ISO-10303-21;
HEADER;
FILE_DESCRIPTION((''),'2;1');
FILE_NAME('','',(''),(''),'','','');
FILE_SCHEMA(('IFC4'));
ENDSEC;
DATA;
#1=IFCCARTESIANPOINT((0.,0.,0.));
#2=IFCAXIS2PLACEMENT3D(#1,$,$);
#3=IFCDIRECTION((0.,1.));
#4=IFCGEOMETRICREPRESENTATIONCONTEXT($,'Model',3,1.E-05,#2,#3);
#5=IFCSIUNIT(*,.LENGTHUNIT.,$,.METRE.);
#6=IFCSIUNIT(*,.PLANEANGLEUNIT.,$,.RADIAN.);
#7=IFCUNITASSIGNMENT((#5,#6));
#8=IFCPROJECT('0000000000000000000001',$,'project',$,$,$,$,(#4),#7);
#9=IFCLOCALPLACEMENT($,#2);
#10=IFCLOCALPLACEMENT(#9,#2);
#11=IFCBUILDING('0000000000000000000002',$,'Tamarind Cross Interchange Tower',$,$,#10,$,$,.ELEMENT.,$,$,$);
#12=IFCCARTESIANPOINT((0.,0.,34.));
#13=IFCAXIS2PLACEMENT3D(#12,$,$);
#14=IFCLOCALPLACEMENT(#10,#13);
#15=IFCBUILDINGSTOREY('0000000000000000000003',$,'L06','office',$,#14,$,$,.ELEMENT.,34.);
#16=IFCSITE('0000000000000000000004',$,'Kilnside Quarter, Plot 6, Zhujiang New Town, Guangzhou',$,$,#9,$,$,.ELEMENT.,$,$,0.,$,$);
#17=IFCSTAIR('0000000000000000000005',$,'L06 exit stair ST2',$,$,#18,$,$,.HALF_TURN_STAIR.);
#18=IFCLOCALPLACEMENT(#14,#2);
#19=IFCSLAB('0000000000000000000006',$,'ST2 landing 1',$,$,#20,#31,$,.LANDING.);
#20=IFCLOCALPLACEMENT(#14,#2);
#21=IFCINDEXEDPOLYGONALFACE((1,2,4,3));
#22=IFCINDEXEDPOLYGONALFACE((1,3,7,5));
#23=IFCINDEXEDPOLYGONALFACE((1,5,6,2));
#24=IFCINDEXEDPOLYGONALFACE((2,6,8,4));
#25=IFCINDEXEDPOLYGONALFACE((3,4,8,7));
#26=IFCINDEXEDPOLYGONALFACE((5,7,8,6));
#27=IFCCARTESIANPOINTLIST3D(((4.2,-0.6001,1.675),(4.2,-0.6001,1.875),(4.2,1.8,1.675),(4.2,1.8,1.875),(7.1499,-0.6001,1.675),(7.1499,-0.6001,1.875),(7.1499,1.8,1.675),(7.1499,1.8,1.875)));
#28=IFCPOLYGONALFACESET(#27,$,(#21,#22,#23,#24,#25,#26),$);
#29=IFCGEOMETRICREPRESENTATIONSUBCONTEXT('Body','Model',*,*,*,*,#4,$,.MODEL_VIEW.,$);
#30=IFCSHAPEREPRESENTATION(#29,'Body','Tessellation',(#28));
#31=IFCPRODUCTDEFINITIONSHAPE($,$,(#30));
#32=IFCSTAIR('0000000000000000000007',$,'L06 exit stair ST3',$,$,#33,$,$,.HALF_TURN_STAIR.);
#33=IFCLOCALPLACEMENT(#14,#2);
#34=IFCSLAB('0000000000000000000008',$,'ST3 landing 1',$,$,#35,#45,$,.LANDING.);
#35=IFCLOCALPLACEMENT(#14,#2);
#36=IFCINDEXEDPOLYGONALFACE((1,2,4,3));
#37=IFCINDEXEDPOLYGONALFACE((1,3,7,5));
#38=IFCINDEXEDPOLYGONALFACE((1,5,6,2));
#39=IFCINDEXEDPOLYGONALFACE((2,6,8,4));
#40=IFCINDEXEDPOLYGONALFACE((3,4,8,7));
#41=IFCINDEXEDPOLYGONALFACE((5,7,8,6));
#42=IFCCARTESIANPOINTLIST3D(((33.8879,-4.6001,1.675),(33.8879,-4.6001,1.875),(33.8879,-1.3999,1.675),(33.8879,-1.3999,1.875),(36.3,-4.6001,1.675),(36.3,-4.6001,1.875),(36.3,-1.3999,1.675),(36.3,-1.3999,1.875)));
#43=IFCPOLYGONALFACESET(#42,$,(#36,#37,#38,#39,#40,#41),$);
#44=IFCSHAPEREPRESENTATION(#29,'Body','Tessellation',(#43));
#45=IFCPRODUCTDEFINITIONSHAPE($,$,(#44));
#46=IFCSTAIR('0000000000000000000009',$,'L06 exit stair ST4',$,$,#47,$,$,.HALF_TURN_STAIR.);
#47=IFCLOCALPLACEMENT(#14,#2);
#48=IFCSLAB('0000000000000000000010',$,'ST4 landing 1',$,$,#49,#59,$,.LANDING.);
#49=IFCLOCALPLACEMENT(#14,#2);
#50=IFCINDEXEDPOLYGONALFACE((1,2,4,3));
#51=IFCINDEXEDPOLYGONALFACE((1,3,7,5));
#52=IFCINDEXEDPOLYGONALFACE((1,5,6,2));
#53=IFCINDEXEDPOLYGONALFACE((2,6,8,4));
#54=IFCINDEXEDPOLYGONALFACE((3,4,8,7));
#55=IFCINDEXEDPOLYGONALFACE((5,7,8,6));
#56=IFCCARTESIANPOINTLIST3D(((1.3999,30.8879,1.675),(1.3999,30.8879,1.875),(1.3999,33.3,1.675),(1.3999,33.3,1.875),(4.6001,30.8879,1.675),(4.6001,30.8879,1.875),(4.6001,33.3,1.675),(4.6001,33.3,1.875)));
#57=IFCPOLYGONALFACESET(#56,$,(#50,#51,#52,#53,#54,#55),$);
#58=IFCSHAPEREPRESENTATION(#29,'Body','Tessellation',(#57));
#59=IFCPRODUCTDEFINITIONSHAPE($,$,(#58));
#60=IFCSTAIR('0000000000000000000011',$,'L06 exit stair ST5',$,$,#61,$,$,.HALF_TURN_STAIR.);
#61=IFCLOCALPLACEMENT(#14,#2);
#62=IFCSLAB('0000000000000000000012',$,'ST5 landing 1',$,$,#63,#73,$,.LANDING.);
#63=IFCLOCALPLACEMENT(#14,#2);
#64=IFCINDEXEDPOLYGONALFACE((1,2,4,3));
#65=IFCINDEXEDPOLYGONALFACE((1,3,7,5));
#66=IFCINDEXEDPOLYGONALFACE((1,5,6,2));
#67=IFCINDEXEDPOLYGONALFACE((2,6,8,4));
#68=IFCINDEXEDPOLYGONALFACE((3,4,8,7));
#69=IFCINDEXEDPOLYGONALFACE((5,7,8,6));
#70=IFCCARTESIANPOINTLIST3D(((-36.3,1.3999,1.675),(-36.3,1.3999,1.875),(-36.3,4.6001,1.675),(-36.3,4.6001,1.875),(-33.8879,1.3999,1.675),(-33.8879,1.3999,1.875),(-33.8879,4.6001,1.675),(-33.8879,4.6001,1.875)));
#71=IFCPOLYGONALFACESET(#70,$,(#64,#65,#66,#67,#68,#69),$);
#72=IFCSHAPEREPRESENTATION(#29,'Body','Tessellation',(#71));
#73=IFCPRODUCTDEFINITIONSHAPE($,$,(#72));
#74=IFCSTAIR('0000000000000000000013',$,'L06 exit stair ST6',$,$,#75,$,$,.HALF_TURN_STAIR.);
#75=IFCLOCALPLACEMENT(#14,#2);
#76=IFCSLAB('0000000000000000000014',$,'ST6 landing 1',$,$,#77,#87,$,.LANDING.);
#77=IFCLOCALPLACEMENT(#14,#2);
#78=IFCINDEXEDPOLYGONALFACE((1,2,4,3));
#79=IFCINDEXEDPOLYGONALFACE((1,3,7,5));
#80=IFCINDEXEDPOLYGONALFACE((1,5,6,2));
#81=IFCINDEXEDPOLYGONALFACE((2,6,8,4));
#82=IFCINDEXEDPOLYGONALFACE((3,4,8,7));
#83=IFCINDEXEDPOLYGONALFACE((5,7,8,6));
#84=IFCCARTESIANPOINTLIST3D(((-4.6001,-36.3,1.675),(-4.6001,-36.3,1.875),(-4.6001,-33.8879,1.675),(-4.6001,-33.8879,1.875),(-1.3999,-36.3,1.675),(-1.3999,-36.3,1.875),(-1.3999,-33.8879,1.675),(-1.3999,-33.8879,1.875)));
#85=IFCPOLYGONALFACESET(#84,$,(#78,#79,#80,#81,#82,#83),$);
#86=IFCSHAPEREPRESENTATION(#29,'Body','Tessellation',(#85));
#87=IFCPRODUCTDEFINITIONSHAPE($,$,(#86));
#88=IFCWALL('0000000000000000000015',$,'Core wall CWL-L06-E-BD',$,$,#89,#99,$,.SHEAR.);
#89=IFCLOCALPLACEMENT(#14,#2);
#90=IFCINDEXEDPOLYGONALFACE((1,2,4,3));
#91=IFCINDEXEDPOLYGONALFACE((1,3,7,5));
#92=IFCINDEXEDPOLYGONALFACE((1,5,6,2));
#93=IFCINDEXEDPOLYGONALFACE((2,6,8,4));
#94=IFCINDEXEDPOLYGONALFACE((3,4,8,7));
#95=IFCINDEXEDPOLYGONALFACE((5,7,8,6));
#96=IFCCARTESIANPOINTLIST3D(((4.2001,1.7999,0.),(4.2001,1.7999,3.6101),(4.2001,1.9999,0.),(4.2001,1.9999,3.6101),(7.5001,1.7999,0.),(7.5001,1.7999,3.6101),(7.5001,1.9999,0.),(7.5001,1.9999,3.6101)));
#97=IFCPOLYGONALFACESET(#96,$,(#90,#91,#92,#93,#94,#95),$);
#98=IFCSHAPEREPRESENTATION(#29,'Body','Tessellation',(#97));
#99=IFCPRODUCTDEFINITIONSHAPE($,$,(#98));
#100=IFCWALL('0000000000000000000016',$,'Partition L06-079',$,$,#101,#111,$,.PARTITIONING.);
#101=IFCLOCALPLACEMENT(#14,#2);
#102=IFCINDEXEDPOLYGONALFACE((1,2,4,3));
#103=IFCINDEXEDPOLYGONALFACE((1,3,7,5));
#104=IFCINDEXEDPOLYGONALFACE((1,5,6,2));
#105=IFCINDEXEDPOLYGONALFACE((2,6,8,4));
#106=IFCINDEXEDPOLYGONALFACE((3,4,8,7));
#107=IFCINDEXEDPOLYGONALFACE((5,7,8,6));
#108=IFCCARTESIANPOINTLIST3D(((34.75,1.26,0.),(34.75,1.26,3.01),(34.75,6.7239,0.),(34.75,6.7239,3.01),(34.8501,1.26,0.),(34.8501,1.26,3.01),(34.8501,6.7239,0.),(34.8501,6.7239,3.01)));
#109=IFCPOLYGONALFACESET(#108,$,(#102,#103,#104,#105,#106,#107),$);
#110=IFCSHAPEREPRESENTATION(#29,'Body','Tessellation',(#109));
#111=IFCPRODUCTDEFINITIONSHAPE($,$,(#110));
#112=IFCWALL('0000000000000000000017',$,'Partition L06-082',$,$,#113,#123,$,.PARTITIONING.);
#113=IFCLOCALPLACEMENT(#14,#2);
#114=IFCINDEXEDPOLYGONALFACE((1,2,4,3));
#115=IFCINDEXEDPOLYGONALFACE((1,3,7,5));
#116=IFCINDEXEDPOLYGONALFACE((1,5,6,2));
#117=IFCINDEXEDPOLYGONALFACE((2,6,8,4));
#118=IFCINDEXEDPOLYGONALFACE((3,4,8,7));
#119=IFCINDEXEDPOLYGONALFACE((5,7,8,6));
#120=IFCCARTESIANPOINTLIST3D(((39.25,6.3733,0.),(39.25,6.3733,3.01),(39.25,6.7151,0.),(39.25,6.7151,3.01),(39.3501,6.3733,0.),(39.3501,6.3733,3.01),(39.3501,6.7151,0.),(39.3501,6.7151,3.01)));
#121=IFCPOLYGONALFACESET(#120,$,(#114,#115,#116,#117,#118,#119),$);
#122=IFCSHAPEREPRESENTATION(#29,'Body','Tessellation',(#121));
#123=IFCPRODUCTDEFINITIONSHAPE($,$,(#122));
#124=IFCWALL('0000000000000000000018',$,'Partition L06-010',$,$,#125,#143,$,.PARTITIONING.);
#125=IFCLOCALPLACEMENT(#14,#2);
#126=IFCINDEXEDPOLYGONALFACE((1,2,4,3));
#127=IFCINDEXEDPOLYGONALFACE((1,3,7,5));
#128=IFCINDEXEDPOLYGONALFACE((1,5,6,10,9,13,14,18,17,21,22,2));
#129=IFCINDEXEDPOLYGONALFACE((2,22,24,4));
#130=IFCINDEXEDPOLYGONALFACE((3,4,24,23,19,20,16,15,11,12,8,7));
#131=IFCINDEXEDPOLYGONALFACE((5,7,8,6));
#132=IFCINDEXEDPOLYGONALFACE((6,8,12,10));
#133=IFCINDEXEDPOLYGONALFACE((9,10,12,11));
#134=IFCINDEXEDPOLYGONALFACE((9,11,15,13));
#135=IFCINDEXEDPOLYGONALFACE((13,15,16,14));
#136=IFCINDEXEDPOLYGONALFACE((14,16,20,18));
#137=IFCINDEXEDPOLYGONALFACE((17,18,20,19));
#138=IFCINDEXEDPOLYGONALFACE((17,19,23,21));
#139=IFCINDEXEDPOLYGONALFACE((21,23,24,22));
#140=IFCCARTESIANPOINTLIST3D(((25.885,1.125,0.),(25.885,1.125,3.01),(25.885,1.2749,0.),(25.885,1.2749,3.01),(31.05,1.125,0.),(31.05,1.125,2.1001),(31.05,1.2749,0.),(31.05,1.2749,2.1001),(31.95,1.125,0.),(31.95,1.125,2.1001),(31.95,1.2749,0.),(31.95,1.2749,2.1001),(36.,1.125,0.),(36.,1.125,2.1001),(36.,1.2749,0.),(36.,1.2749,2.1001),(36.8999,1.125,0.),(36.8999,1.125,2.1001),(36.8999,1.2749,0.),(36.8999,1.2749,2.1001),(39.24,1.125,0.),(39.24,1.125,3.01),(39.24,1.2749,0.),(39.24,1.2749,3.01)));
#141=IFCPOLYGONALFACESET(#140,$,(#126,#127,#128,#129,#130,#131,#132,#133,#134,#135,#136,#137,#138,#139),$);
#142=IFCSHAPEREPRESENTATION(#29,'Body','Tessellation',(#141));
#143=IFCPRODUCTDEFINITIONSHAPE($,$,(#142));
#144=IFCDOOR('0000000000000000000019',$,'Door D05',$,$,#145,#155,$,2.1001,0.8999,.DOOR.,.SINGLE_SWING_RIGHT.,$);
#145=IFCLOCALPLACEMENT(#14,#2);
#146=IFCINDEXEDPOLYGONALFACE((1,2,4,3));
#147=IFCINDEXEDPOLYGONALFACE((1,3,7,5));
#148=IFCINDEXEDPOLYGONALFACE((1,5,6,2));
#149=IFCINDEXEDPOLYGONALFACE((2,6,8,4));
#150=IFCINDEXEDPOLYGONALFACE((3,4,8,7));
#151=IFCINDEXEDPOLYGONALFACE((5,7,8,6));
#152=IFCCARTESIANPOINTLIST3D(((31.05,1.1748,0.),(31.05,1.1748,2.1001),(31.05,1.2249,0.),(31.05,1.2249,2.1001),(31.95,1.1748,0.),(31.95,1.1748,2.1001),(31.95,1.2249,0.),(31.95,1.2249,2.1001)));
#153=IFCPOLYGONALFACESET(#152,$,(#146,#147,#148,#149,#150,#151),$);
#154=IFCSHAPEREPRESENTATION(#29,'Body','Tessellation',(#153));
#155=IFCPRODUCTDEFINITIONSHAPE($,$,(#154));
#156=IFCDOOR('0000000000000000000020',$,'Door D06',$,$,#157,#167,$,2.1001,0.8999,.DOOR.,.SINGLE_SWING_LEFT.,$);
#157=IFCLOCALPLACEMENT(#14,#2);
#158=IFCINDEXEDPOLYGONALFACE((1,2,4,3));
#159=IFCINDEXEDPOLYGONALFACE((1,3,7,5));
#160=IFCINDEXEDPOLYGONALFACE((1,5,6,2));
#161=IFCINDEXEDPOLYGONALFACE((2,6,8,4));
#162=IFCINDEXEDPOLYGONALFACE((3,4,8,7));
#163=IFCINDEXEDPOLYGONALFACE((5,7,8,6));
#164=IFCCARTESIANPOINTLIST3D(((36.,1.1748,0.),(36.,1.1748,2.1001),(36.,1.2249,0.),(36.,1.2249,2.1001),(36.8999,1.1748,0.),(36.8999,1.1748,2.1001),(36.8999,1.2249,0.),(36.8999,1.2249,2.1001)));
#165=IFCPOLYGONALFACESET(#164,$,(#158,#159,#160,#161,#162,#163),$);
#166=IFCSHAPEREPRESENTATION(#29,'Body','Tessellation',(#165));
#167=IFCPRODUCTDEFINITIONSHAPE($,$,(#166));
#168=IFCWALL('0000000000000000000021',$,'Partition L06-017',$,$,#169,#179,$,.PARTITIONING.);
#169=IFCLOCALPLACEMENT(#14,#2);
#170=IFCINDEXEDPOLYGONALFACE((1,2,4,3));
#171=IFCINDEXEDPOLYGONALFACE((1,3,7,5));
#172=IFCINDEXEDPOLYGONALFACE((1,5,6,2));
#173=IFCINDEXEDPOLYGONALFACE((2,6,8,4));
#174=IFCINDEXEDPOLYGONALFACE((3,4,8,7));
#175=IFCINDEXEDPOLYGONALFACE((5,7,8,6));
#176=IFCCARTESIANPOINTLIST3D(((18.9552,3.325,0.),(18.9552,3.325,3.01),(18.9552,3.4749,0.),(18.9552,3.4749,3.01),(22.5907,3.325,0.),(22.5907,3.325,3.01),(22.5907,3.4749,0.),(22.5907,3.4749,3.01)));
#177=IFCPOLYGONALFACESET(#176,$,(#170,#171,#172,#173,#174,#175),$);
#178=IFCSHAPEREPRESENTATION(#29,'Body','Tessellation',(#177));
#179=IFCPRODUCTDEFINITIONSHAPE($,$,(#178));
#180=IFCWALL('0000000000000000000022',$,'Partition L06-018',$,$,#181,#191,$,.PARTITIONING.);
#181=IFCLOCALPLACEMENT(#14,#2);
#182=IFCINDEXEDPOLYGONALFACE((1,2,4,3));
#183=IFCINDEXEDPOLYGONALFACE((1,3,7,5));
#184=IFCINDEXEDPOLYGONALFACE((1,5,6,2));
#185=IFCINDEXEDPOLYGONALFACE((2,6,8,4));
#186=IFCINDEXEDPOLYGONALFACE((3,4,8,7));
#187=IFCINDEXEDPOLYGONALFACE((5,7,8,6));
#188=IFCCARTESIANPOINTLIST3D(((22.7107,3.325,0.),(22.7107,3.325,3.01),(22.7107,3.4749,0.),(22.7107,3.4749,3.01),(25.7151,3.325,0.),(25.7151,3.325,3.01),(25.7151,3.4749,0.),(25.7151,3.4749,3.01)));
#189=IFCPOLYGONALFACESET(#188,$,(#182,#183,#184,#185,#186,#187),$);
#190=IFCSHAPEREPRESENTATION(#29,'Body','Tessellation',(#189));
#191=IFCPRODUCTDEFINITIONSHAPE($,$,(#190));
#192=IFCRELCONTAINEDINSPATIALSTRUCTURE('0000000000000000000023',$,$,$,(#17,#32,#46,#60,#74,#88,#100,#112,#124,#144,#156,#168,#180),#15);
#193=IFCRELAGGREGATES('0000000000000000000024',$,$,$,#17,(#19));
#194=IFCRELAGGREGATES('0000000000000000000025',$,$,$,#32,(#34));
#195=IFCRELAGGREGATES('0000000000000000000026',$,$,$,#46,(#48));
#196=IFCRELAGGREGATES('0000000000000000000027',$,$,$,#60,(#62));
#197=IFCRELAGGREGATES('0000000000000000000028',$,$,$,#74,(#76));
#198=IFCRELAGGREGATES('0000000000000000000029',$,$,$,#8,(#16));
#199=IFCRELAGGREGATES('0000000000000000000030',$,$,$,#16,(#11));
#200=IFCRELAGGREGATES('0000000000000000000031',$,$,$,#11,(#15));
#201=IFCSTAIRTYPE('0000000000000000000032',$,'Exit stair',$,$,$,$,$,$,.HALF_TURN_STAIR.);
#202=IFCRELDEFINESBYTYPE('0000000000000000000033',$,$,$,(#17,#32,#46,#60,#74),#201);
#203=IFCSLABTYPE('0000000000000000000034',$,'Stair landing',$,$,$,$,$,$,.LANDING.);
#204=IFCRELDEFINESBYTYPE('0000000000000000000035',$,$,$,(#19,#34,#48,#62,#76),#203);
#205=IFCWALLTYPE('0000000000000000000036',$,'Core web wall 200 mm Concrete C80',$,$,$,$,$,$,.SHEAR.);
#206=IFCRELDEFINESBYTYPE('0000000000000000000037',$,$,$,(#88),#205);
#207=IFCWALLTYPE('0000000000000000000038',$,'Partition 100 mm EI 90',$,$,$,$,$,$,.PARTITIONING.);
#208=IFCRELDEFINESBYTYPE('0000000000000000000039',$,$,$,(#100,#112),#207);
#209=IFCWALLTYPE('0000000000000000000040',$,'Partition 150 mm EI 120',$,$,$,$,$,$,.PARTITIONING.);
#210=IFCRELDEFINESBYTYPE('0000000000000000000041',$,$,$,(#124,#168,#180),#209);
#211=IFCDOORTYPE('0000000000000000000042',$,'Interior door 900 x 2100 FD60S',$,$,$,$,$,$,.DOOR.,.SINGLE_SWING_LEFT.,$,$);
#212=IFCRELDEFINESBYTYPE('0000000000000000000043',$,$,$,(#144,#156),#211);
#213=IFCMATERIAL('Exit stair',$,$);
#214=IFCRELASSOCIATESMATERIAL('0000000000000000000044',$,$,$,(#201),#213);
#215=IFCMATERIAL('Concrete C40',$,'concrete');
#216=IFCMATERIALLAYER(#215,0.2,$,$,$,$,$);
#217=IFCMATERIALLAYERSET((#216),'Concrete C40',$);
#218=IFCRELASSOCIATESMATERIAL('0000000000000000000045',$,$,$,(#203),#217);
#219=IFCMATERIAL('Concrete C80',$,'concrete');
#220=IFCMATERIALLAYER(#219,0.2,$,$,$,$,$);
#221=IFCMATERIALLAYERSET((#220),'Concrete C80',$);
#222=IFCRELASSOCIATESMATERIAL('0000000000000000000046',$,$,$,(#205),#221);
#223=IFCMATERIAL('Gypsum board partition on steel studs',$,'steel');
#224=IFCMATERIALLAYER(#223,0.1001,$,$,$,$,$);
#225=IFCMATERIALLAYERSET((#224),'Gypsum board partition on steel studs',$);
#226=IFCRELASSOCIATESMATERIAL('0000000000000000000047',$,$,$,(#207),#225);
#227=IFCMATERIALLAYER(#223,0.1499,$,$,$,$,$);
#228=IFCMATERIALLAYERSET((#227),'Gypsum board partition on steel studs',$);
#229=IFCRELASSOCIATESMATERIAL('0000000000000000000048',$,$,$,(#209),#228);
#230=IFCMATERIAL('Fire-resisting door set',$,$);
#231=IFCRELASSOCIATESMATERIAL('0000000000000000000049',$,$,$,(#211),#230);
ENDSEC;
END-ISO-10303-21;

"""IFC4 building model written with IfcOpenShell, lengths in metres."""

from ifc_helpers import new_model, si_unit, direction, frame, frame_2d, origin, place, context, subcontext, project, spatial, polyline, rectangle, outline, extrude, material, layer, layer_set, type_object, element, fill, aggregate, save


model = new_model("IFC4")

# Units and contexts
model_context = context("Model", 3, precision=1e-05, world=origin(), true_north=direction((0.0, 1.0)))
body_context = subcontext(model_context, "Body", "Model", "MODEL_VIEW")
ifc_project = project(units=[si_unit("LENGTHUNIT", "METRE"), si_unit("PLANEANGLEUNIT", "RADIAN")], contexts=[model_context])

# Site, building, storey
site_placement = place(None, origin())
site = spatial("IfcSite", under=ifc_project, at=site_placement, Name="Kilnside Quarter, Plot 6, Zhujiang New Town, Guangzhou", CompositionType="ELEMENT", RefElevation=0.0)
building_placement = place(site_placement, origin())
building = spatial("IfcBuilding", under=site, at=building_placement, Name="Tamarind Cross Interchange Tower", CompositionType="ELEMENT")
storey_placement = place(building_placement, frame((0.0, 0.0, 34.0)))
storey = spatial("IfcBuildingStorey", under=building, at=storey_placement, Name="L06", Description="office", CompositionType="ELEMENT", Elevation=34.0)

# Stairs, slabs
ifc_material_1 = material(Name="Exit stair")
stair_type = type_object("IfcStairType", Name="Exit stair", PredefinedType="HALF_TURN_STAIR", material=ifc_material_1)
stair_1_placement = place(storey_placement, origin())
stair_1 = element("IfcStair", 1, at=stair_1_placement, inside=storey, type_object=stair_type, Name="L06 exit stair ST2", PredefinedType="HALF_TURN_STAIR")
ifc_material_2 = material(Name="Concrete C40", Category="concrete")
ifc_layer_1 = layer(ifc_material_2, 0.2)
ifc_layer_set_1 = layer_set([ifc_layer_1], Name="Concrete C40")
slab_type = type_object("IfcSlabType", Name="Stair landing", PredefinedType="LANDING", material=ifc_layer_set_1)
slab_1_placement = place(storey_placement, frame((0.0, 0.0, 1.675)))
slab_1 = element("IfcSlab", 2, at=slab_1_placement, type_object=slab_type, Name="ST2 landing 1", PredefinedType="LANDING", context=body_context, shape_type="SweptSolid", body=[
    extrude(outline(polyline([(7.1499, -0.6001), (7.1499, 1.8), (4.2, 1.8), (4.2, -0.6001), (7.1499, -0.6001)])), origin(), (0.0, 0.0, 1.0), 0.2),
])
aggregate(stair_1, [slab_1])
stair_2_placement = place(storey_placement, origin())
stair_2 = element("IfcStair", 3, at=stair_2_placement, inside=storey, type_object=stair_type, Name="L06 exit stair ST3", PredefinedType="HALF_TURN_STAIR")
slab_2_placement = place(storey_placement, frame((0.0, 0.0, 1.675)))
slab_2 = element("IfcSlab", 4, at=slab_2_placement, type_object=slab_type, Name="ST3 landing 1", PredefinedType="LANDING", context=body_context, shape_type="SweptSolid", body=[
    extrude(outline(polyline([(33.8879, -4.6001), (36.3, -4.6001), (36.3, -1.3999), (33.8879, -1.3999), (33.8879, -4.6001)])), origin(), (0.0, 0.0, 1.0), 0.2),
])
aggregate(stair_2, [slab_2])
stair_3_placement = place(storey_placement, origin())
stair_3 = element("IfcStair", 5, at=stair_3_placement, inside=storey, type_object=stair_type, Name="L06 exit stair ST4", PredefinedType="HALF_TURN_STAIR")
slab_3_placement = place(storey_placement, frame((0.0, 0.0, 1.675)))
slab_3 = element("IfcSlab", 6, at=slab_3_placement, type_object=slab_type, Name="ST4 landing 1", PredefinedType="LANDING", context=body_context, shape_type="SweptSolid", body=[
    extrude(outline(polyline([(4.6001, 30.8879), (4.6001, 33.3), (1.3999, 33.3), (1.3999, 30.8879), (4.6001, 30.8879)])), origin(), (0.0, 0.0, 1.0), 0.2),
])
aggregate(stair_3, [slab_3])
stair_4_placement = place(storey_placement, origin())
stair_4 = element("IfcStair", 7, at=stair_4_placement, inside=storey, type_object=stair_type, Name="L06 exit stair ST5", PredefinedType="HALF_TURN_STAIR")
slab_4_placement = place(storey_placement, frame((0.0, 0.0, 1.675)))
slab_4 = element("IfcSlab", 8, at=slab_4_placement, type_object=slab_type, Name="ST5 landing 1", PredefinedType="LANDING", context=body_context, shape_type="SweptSolid", body=[
    extrude(outline(polyline([(-33.8879, 4.6001), (-36.3, 4.6001), (-36.3, 1.3999), (-33.8879, 1.3999), (-33.8879, 4.6001)])), origin(), (0.0, 0.0, 1.0), 0.2),
])
aggregate(stair_4, [slab_4])
stair_5_placement = place(storey_placement, origin())
stair_5 = element("IfcStair", 9, at=stair_5_placement, inside=storey, type_object=stair_type, Name="L06 exit stair ST6", PredefinedType="HALF_TURN_STAIR")
slab_5_placement = place(storey_placement, frame((0.0, 0.0, 1.675)))
slab_5 = element("IfcSlab", 10, at=slab_5_placement, type_object=slab_type, Name="ST6 landing 1", PredefinedType="LANDING", context=body_context, shape_type="SweptSolid", body=[
    extrude(outline(polyline([(-4.6001, -33.8879), (-4.6001, -36.3), (-1.3999, -36.3), (-1.3999, -33.8879), (-4.6001, -33.8879)])), origin(), (0.0, 0.0, 1.0), 0.2),
])
aggregate(stair_5, [slab_5])

# Walls
ifc_material_3 = material(Name="Concrete C80", Category="concrete")
ifc_layer_2 = layer(ifc_material_3, 0.2)
ifc_layer_set_2 = layer_set([ifc_layer_2], Name="Concrete C80")
wall_type_1 = type_object("IfcWallType", Name="Core web wall 200 mm Concrete C80", PredefinedType="SHEAR", material=ifc_layer_set_2)
wall_1_placement = place(storey_placement, frame((7.5, 1.8999, 0.0), z_axis=(0.0, 0.0, 1.0), x_axis=(-1.0, 0.0, 0.0)))
element("IfcWall", 11, at=wall_1_placement, inside=storey, type_object=wall_type_1, Name="Core wall CWL-L06-E-BD", PredefinedType="SHEAR", context=body_context, shape_type="SweptSolid", body=[
    extrude(rectangle(XDim=3.3, YDim=0.2, at=frame_2d((1.6499, 0.0))), origin(), (0.0, 0.0, 1.0), 3.6101),
])
ifc_material_4 = material(Name="Gypsum board partition on steel studs", Category="steel")
ifc_layer_3 = layer(ifc_material_4, 0.1001)
ifc_layer_set_3 = layer_set([ifc_layer_3], Name="Gypsum board partition on steel studs")
wall_type_2 = type_object("IfcWallType", Name="Partition 100 mm EI 90", PredefinedType="PARTITIONING", material=ifc_layer_set_3)
wall_2_placement = place(storey_placement, frame((34.8, 1.26, 0.0), z_axis=(0.0, 0.0, 1.0), x_axis=(0.0, 1.0, 0.0)))
element("IfcWall", 12, at=wall_2_placement, inside=storey, type_object=wall_type_2, Name="Partition L06-079", PredefinedType="PARTITIONING", context=body_context, shape_type="SweptSolid", body=[
    extrude(rectangle(XDim=5.4639, YDim=0.1001, at=frame_2d((2.7319, 0.0))), origin(), (0.0, 0.0, 1.0), 3.01),
])
wall_3_placement = place(storey_placement, frame((39.3, 6.3733, 0.0), z_axis=(0.0, 0.0, 1.0), x_axis=(0.0, 1.0, 0.0)))
element("IfcWall", 13, at=wall_3_placement, inside=storey, type_object=wall_type_2, Name="Partition L06-082", PredefinedType="PARTITIONING", context=body_context, shape_type="SweptSolid", body=[
    extrude(rectangle(XDim=0.3418, YDim=0.1001, at=frame_2d((0.1709, 0.0))), origin(), (0.0, 0.0, 1.0), 3.01),
])

# Wall, openings, doors
ifc_layer_4 = layer(ifc_material_4, 0.1499)
ifc_layer_set_4 = layer_set([ifc_layer_4], Name="Gypsum board partition on steel studs")
wall_type_3 = type_object("IfcWallType", Name="Partition 150 mm EI 120", PredefinedType="PARTITIONING", material=ifc_layer_set_4)
wall_4_placement = place(storey_placement, frame((25.885, 1.2, 0.0), z_axis=(0.0, 0.0, 1.0), x_axis=(1.0, 0.0, 0.0)))
wall_4 = element("IfcWall", 14, at=wall_4_placement, inside=storey, type_object=wall_type_3, Name="Partition L06-010", PredefinedType="PARTITIONING", context=body_context, shape_type="SweptSolid", body=[
    extrude(rectangle(XDim=13.355, YDim=0.1499, at=frame_2d((6.6775, 0.0))), origin(), (0.0, 0.0, 1.0), 3.01),
])
opening_1_placement = place(wall_4_placement, frame((5.165, 0.0, 0.0)))
opening_1 = element("IfcOpeningElement", 15, at=opening_1_placement, cuts=wall_4, PredefinedType="OPENING", context=body_context, shape_type="SweptSolid", body=[
    extrude(rectangle(XDim=0.8999, YDim=2.1001, at=frame_2d((0.45, 1.05))), frame((0.0, 0.085, 0.0), z_axis=(0.0, -1.0, 0.0), x_axis=(1.0, 0.0, 0.0)), (0.0, 0.0, 1.0), 0.1699),
])
opening_2_placement = place(wall_4_placement, frame((10.115, 0.0, 0.0)))
opening_2 = element("IfcOpeningElement", 16, at=opening_2_placement, cuts=wall_4, PredefinedType="OPENING", context=body_context, shape_type="SweptSolid", body=[
    extrude(rectangle(XDim=0.8999, YDim=2.1001, at=frame_2d((0.45, 1.05))), frame((0.0, 0.085, 0.0), z_axis=(0.0, -1.0, 0.0), x_axis=(1.0, 0.0, 0.0)), (0.0, 0.0, 1.0), 0.1699),
])
ifc_material_5 = material(Name="Fire-resisting door set")
door_type_1 = type_object("IfcDoorType", Name="Interior door 900 x 2100 FD60S", OperationType="SINGLE_SWING_LEFT", PredefinedType="DOOR", material=ifc_material_5)
door_1_placement = place(opening_1_placement, origin())
door_1 = element("IfcDoor", 17, at=door_1_placement, inside=storey, type_object=door_type_1, Name="Door D05", OperationType="SINGLE_SWING_RIGHT", OverallHeight=2.1001, OverallWidth=0.8999, PredefinedType="DOOR", context=body_context, shape_type="SweptSolid", body=[
    extrude(rectangle(XDim=0.8999, YDim=2.1001, at=frame_2d((0.45, 1.05))), frame((0.0, 0.0249, 0.0), z_axis=(0.0, -1.0, 0.0), x_axis=(1.0, 0.0, 0.0)), (0.0, 0.0, 1.0), 0.05),
])
fill(opening_1, door_1)
door_2_placement = place(opening_2_placement, origin())
door_2 = element("IfcDoor", 18, at=door_2_placement, inside=storey, type_object=door_type_1, Name="Door D06", OperationType="SINGLE_SWING_LEFT", OverallHeight=2.1001, OverallWidth=0.8999, PredefinedType="DOOR", context=body_context, shape_type="SweptSolid", body=[
    extrude(rectangle(XDim=0.8999, YDim=2.1001, at=frame_2d((0.45, 1.05))), frame((0.0, 0.0249, 0.0), z_axis=(0.0, -1.0, 0.0), x_axis=(1.0, 0.0, 0.0)), (0.0, 0.0, 1.0), 0.05),
])
fill(opening_2, door_2)

# Walls
wall_5_placement = place(storey_placement, frame((18.9551, 3.3999, 0.0), z_axis=(0.0, 0.0, 1.0), x_axis=(1.0, 0.0, 0.0)))
element("IfcWall", 19, at=wall_5_placement, inside=storey, type_object=wall_type_3, Name="Partition L06-017", PredefinedType="PARTITIONING", context=body_context, shape_type="SweptSolid", body=[
    extrude(rectangle(XDim=3.6355, YDim=0.1499, at=frame_2d((1.8179, 0.0))), origin(), (0.0, 0.0, 1.0), 3.01),
])
wall_6_placement = place(storey_placement, frame((22.7107, 3.3999, 0.0), z_axis=(0.0, 0.0, 1.0), x_axis=(1.0, 0.0, 0.0)))
element("IfcWall", 20, at=wall_6_placement, inside=storey, type_object=wall_type_3, Name="Partition L06-018", PredefinedType="PARTITIONING", context=body_context, shape_type="SweptSolid", body=[
    extrude(rectangle(XDim=3.0044, YDim=0.1499, at=frame_2d((1.5022, 0.0))), origin(), (0.0, 0.0, 1.0), 3.01),
])

save(model, "model.ifc")
